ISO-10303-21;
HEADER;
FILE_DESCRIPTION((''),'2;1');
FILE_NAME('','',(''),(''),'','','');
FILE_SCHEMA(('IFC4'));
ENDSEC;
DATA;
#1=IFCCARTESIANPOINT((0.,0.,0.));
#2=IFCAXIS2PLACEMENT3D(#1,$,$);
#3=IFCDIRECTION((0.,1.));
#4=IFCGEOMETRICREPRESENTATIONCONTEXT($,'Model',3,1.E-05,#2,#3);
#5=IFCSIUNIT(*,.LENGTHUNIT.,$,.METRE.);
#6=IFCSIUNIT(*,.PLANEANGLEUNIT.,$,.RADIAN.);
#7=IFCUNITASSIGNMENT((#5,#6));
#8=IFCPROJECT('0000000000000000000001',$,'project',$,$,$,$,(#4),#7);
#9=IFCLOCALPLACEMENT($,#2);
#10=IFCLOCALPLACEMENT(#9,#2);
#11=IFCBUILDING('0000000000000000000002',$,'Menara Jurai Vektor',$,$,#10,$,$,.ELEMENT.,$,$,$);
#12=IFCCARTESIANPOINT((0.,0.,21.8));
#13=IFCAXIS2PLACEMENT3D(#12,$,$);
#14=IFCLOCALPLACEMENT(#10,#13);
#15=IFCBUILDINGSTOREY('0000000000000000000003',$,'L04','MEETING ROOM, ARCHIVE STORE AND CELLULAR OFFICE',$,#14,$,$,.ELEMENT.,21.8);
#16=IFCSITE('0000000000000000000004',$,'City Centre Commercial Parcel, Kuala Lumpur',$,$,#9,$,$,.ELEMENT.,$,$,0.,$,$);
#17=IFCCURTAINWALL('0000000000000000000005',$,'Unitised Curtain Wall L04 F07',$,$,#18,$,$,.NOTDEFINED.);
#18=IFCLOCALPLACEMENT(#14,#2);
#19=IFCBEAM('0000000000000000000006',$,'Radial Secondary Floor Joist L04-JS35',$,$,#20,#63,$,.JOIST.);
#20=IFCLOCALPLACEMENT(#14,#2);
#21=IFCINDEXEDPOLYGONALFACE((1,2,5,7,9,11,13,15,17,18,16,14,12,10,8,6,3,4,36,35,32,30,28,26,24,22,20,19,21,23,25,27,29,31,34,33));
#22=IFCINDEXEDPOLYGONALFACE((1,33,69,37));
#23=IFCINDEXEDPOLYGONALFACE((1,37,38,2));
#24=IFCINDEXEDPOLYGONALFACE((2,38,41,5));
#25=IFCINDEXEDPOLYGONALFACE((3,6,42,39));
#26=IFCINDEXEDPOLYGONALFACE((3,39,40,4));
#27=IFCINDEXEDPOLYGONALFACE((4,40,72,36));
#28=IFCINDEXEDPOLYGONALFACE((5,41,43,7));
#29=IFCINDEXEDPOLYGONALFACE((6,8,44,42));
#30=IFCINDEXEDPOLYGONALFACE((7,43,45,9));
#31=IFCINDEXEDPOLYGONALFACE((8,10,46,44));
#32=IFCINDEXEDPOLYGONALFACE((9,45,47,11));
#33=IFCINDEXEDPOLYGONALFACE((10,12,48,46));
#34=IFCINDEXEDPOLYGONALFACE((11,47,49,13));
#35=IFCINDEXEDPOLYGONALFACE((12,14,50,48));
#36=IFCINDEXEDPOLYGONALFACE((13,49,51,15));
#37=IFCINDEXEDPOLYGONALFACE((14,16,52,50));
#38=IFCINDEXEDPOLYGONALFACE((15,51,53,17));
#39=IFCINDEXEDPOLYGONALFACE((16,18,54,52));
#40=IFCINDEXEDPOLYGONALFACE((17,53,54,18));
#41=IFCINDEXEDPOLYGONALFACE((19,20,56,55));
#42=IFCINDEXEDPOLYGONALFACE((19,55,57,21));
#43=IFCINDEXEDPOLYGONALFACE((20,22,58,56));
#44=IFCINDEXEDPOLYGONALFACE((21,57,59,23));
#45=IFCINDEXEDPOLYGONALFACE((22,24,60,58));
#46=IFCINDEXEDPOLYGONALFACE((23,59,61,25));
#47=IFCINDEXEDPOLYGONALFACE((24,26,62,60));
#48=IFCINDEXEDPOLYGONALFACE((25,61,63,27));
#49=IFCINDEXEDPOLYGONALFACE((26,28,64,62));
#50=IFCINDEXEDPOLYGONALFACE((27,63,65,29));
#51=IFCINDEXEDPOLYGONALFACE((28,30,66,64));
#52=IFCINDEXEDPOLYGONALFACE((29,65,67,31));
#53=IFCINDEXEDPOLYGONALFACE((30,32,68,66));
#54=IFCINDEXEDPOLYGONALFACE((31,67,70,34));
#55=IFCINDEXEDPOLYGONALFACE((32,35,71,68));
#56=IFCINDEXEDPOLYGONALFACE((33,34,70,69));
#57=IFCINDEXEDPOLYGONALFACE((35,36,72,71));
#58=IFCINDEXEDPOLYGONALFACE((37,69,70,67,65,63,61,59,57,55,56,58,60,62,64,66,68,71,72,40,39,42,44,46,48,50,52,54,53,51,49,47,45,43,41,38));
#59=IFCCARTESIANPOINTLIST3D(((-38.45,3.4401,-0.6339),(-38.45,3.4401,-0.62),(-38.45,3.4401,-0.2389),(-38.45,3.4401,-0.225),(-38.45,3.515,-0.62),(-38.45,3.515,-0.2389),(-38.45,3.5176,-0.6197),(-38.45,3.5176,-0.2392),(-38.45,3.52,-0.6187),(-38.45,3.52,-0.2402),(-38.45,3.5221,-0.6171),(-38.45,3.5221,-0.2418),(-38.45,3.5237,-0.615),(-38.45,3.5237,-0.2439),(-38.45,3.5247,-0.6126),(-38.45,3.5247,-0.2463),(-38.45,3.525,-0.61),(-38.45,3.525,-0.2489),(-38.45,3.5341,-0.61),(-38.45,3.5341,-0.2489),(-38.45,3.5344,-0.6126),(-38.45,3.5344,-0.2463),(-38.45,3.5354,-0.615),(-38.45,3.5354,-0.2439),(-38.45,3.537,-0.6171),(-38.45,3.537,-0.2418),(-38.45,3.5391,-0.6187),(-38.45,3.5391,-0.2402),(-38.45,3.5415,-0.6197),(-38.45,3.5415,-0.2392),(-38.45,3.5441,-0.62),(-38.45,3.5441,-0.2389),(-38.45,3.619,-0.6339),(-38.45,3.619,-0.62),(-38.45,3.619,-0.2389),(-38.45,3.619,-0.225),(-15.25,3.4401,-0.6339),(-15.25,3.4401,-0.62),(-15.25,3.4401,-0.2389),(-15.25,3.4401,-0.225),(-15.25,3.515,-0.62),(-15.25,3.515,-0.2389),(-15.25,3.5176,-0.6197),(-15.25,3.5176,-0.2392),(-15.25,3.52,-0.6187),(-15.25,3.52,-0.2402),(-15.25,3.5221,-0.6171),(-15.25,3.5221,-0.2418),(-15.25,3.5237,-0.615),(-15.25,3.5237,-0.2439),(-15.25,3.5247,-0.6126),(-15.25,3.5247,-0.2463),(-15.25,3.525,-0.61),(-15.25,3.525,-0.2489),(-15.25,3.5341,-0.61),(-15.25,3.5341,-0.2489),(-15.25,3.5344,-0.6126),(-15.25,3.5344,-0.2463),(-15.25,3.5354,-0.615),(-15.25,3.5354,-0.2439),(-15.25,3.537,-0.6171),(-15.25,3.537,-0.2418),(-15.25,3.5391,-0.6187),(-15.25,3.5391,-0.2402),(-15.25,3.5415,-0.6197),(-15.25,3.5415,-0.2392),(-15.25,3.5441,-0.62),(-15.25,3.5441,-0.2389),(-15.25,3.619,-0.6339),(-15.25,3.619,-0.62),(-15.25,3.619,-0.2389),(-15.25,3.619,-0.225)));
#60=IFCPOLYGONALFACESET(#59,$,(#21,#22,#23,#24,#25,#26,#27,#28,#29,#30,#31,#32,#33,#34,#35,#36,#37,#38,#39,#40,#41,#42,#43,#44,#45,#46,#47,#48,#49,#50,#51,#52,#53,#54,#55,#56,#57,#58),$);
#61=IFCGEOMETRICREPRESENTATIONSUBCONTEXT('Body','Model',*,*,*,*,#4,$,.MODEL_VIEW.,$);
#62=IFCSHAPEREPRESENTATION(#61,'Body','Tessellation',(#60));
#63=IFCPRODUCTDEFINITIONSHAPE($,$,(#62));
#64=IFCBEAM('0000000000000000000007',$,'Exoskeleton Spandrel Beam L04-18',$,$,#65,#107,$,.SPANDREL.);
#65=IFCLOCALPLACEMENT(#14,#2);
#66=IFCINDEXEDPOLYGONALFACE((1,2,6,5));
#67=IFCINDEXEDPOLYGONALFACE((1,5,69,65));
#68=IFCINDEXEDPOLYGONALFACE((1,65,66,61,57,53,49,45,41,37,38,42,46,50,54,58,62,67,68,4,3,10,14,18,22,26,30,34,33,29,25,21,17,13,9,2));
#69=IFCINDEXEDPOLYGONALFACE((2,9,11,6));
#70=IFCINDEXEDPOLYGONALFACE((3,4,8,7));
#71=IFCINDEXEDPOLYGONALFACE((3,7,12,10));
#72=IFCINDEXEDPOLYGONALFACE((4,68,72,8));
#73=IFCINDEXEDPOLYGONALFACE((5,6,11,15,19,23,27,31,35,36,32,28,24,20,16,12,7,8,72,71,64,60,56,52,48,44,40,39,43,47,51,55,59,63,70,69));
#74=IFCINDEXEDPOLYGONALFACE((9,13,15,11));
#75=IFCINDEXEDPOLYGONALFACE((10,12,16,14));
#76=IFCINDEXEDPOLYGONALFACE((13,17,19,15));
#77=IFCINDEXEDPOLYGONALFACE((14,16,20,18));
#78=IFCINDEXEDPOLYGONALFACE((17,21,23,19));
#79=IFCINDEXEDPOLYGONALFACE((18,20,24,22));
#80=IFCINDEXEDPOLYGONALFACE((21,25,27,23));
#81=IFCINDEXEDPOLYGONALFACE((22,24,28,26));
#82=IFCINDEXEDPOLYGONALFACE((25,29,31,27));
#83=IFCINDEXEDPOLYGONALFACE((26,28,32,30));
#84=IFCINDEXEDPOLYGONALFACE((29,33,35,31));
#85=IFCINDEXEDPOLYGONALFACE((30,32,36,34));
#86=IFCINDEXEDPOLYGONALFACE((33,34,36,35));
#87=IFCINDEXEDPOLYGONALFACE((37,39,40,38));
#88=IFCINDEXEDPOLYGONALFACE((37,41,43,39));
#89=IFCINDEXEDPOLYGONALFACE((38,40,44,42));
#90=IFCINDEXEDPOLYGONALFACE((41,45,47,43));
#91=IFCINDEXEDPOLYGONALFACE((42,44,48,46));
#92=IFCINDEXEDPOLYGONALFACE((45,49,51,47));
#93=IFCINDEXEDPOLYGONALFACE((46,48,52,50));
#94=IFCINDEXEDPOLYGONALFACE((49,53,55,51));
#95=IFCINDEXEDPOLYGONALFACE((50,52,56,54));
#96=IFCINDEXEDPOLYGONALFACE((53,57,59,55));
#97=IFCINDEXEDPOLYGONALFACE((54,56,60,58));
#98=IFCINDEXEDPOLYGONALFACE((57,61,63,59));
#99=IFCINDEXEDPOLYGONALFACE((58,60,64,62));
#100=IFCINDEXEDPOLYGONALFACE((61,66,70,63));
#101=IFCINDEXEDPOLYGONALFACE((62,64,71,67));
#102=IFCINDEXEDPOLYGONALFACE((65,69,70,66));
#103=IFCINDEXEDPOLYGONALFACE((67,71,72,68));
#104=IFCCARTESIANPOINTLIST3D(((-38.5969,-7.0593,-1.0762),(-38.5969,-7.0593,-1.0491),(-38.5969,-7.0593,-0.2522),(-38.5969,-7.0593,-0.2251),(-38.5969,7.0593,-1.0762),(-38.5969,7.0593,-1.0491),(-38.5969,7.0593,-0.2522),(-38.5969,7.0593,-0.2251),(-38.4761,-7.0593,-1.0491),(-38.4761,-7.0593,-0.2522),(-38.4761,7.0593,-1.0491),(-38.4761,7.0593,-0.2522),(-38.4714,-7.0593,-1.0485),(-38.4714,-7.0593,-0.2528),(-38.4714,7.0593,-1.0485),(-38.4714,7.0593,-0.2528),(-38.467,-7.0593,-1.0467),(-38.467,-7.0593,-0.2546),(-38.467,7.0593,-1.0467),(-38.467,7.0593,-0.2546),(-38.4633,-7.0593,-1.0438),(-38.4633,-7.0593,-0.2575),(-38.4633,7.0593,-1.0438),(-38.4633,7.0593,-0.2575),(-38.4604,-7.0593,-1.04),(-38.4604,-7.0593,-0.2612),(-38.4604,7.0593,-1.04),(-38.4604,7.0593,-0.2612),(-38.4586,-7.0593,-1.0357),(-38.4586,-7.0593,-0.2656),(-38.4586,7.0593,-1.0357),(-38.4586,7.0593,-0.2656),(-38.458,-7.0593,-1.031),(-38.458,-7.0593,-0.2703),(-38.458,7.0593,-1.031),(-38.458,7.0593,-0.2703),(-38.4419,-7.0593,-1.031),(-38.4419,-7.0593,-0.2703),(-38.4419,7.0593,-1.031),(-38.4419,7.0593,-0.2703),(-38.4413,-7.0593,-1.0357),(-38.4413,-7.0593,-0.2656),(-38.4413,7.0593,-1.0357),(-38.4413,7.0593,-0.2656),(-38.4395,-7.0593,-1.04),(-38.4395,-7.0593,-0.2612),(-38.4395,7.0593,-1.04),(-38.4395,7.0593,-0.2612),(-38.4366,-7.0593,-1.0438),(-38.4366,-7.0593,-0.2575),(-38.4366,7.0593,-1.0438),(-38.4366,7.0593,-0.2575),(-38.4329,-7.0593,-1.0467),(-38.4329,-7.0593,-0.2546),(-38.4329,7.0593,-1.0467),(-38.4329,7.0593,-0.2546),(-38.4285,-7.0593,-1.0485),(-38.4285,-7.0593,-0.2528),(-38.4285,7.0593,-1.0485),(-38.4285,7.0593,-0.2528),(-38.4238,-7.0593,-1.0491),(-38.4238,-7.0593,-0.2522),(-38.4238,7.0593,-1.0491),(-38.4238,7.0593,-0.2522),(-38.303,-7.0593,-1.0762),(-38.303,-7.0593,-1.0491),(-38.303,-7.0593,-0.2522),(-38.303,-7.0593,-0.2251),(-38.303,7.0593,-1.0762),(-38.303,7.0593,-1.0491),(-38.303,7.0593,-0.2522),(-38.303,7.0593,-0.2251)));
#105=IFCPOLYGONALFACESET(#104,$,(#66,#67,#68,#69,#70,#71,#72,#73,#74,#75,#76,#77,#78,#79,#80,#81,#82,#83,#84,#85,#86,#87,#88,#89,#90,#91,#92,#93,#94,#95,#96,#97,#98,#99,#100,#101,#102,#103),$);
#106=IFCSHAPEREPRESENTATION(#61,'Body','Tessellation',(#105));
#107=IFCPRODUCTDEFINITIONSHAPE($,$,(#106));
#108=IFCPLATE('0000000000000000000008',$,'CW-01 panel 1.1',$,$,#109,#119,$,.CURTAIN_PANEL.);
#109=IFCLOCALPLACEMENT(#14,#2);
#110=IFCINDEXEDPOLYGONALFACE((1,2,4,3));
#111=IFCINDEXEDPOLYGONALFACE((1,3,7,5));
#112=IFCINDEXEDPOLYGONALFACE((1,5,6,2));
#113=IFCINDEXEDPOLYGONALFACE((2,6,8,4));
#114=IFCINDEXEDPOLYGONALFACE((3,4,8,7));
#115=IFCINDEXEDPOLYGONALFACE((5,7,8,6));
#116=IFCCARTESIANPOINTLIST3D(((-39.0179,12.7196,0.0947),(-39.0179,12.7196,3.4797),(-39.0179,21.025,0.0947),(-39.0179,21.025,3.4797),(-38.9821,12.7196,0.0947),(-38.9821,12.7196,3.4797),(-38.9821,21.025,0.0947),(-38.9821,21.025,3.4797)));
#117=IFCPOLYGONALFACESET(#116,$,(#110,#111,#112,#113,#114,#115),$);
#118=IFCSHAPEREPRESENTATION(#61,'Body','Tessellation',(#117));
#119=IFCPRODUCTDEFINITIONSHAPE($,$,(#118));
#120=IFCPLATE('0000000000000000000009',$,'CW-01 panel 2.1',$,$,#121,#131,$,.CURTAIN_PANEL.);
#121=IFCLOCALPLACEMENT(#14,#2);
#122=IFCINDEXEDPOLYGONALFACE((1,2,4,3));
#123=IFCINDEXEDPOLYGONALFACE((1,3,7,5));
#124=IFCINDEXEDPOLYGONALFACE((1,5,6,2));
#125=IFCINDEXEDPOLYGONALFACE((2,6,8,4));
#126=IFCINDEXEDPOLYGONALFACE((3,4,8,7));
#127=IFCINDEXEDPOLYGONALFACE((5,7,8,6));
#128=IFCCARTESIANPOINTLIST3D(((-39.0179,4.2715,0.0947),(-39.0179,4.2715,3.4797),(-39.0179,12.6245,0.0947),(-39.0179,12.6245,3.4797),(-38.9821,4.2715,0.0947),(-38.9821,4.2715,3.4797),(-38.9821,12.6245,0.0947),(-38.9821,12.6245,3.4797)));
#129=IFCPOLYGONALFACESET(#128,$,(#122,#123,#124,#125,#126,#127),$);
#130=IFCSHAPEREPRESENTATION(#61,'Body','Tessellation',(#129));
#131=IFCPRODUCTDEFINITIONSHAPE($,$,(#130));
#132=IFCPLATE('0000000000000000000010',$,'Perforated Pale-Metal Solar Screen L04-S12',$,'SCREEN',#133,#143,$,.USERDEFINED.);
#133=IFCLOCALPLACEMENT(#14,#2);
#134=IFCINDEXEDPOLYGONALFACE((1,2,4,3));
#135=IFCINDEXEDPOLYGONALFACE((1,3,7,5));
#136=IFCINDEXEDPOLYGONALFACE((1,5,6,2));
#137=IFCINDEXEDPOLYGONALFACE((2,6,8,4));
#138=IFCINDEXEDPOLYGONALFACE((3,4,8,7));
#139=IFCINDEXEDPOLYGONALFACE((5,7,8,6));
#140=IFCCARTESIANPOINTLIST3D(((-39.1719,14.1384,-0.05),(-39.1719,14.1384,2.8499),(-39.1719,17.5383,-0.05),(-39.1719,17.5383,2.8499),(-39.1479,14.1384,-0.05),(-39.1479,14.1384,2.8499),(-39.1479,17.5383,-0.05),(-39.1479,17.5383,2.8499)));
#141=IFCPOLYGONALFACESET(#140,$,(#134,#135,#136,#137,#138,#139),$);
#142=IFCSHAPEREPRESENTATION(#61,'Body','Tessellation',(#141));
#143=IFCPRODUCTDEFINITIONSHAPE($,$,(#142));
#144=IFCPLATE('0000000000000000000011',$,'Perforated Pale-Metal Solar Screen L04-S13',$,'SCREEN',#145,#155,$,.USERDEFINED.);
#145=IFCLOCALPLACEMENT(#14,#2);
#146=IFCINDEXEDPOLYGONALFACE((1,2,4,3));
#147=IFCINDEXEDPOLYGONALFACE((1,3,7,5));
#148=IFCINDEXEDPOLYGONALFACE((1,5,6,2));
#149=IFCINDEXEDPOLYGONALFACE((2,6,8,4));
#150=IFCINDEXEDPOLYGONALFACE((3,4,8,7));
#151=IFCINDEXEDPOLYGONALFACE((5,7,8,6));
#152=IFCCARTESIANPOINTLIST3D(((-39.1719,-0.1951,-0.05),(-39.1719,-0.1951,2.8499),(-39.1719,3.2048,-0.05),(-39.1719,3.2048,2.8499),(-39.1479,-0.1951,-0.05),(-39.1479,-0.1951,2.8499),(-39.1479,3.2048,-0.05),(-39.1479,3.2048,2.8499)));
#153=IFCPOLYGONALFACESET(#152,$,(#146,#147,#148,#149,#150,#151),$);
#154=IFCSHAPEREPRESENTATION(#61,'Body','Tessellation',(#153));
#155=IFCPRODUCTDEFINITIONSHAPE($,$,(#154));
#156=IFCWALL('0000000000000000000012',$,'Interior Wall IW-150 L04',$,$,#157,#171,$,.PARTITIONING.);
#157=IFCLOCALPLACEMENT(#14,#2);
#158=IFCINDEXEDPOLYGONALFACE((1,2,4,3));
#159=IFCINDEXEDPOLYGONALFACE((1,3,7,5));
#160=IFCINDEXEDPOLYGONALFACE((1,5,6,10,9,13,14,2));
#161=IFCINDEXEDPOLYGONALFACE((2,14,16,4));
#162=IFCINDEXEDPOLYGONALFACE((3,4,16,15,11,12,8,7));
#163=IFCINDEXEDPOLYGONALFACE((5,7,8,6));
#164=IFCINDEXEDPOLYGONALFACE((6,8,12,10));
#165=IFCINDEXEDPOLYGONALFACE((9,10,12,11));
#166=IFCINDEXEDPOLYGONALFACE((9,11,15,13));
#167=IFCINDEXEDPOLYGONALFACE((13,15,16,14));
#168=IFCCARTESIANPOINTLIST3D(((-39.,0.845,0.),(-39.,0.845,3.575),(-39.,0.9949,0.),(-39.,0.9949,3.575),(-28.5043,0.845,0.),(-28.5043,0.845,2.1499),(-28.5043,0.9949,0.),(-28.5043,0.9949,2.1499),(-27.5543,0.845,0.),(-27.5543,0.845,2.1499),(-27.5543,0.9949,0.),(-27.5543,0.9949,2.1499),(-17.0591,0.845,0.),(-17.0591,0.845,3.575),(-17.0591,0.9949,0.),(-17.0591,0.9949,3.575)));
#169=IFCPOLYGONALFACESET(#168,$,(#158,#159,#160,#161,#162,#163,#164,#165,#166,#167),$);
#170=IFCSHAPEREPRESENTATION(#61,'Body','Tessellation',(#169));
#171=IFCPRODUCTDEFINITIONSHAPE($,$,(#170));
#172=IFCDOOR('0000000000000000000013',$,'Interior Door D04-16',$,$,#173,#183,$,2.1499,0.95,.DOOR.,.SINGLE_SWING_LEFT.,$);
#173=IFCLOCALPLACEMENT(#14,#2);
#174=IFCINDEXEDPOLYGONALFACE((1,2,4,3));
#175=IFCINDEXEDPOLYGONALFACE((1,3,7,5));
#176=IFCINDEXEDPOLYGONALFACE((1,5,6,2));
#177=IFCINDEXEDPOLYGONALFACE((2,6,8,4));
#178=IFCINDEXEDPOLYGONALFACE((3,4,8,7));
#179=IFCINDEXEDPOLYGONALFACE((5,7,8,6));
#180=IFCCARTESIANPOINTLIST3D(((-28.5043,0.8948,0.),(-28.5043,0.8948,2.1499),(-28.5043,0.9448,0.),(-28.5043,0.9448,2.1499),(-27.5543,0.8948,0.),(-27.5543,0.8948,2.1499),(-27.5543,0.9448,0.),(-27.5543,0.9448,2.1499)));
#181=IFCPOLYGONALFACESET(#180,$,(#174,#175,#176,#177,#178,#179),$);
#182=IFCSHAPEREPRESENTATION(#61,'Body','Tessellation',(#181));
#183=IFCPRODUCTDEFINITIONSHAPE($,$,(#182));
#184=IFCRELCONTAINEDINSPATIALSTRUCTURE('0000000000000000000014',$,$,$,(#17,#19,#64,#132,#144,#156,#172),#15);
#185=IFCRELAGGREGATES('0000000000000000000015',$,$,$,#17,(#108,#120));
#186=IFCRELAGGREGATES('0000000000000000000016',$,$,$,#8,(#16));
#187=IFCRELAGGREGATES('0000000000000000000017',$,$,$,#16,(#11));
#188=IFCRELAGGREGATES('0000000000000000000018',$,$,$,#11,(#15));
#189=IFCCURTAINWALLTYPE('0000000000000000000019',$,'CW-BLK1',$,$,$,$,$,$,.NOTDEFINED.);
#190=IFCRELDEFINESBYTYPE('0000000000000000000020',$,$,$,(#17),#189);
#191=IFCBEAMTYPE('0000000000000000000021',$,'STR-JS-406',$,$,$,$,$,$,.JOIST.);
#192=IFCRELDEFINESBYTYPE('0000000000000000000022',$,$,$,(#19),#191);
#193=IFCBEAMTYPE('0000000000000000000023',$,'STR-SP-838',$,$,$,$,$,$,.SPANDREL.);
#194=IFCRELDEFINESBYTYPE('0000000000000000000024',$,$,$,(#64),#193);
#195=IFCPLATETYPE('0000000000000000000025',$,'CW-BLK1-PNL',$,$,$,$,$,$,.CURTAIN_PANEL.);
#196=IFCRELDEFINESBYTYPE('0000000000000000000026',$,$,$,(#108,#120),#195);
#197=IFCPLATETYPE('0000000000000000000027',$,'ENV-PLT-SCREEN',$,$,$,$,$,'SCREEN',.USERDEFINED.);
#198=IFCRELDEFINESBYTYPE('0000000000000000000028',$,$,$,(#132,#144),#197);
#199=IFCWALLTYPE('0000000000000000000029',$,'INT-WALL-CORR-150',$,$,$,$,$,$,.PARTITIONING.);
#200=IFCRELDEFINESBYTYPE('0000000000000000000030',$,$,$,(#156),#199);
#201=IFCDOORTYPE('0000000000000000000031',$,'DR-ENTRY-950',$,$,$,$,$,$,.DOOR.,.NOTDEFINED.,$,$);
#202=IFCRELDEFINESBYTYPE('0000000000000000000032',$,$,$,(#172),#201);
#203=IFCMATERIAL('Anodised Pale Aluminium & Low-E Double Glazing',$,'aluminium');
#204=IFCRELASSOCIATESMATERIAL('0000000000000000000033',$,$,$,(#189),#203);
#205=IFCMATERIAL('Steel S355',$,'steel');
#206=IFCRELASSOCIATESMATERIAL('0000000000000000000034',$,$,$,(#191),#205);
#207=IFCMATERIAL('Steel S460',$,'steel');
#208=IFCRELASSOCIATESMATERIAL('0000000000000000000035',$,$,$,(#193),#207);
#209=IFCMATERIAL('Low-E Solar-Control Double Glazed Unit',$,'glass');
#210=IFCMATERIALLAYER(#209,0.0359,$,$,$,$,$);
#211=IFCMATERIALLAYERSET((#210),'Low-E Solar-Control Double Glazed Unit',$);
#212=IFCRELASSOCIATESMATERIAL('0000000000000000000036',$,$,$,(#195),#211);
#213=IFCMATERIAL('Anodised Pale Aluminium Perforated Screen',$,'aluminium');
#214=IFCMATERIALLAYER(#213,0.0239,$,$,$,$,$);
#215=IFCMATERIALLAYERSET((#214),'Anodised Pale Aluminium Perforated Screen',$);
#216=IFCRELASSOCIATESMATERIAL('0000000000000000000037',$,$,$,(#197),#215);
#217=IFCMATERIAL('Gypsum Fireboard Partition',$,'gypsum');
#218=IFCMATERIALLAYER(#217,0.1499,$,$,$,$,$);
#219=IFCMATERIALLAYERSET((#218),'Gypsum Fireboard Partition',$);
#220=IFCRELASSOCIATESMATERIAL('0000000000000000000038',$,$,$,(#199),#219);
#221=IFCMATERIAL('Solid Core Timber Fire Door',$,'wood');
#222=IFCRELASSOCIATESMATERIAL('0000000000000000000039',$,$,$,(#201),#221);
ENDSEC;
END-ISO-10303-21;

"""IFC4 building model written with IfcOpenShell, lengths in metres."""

from ifc_helpers import new_model, si_unit, direction, frame, frame_2d, origin, origin_2d, place, context, subcontext, project, spatial, rectangle, i_section, extrude, material, layer, layer_set, material_profile, profile_set, type_object, element, fill, aggregate, save


model = new_model("IFC4")

# Units and contexts
model_context = context("Model", 3, precision=1e-05, world=origin(), true_north=direction((0.0, 1.0)))
body_context = subcontext(model_context, "Body", "Model", "MODEL_VIEW")
ifc_project = project(units=[si_unit("LENGTHUNIT", "METRE"), si_unit("PLANEANGLEUNIT", "RADIAN")], contexts=[model_context])

# Site, building, storey
site_placement = place(None, origin())
site = spatial("IfcSite", under=ifc_project, at=site_placement, Name="City Centre Commercial Parcel, Kuala Lumpur", CompositionType="ELEMENT", RefElevation=0.0)
building_placement = place(site_placement, origin())
building = spatial("IfcBuilding", under=site, at=building_placement, Name="Menara Jurai Vektor", CompositionType="ELEMENT")
storey_placement = place(building_placement, frame((0.0, 0.0, 21.8)))
storey = spatial("IfcBuildingStorey", under=building, at=storey_placement, Name="L04", Description="MEETING ROOM, ARCHIVE STORE AND CELLULAR OFFICE", CompositionType="ELEMENT", Elevation=21.8)

# Shared definitions
ifc_material_1 = material(Name="Steel S460", Category="steel")

# Curtain wall
ifc_material_2 = material(Name="Anodised Pale Aluminium & Low-E Double Glazing", Category="aluminium")
curtain_wall_type = type_object("IfcCurtainWallType", Name="CW-BLK1", PredefinedType="NOTDEFINED", material=ifc_material_2)
curtain_wall_placement = place(storey_placement, origin())
curtain_wall = element("IfcCurtainWall", 1, at=curtain_wall_placement, inside=storey, type_object=curtain_wall_type, Name="Unitised Curtain Wall L04 F07", PredefinedType="NOTDEFINED")

# Beams
ifc_material_3 = material(Name="Steel S355", Category="steel")
ifc_material_profile_1 = material_profile(ifc_material_3, i_section(OverallWidth=0.179, OverallDepth=0.4089, WebThickness=0.009, FlangeThickness=0.0139, FilletRadius=0.01, at=origin_2d()), Name="UKB 406x178x67")
ifc_profile_set_1 = profile_set([ifc_material_profile_1], Name="Steel S355")
beam_type_1 = type_object("IfcBeamType", Name="STR-JS-406", PredefinedType="JOIST", material=ifc_profile_set_1)
beam_1_placement = place(storey_placement, frame((-38.45, 3.5295, -0.4294), z_axis=(1.0, 0.0, 0.0), x_axis=(0.0, 1.0, 0.0)))
element("IfcBeam", 2, at=beam_1_placement, inside=storey, type_object=beam_type_1, Name="Radial Secondary Floor Joist L04-JS35", PredefinedType="JOIST", context=body_context, shape_type="SweptSolid", body=[
    extrude(i_section(OverallWidth=0.179, OverallDepth=0.4089, WebThickness=0.009, FlangeThickness=0.0139, FilletRadius=0.01, at=origin_2d()), origin(), (0.0, 0.0, 1.0), 23.2),
])
ifc_material_profile_2 = material_profile(ifc_material_1, i_section(OverallWidth=0.2939, OverallDepth=0.8511, WebThickness=0.0161, FlangeThickness=0.0271, FilletRadius=0.0181, at=origin_2d()), Name="UKB 838x292x226")
ifc_profile_set_2 = profile_set([ifc_material_profile_2], Name="Steel S460")
beam_type_2 = type_object("IfcBeamType", Name="STR-SP-838", PredefinedType="SPANDREL", material=ifc_profile_set_2)
beam_2_placement = place(storey_placement, frame((-38.45, 7.0593, -0.6506), z_axis=(0.0, -1.0, 0.0), x_axis=(1.0, 0.0, 0.0)))
element("IfcBeam", 3, at=beam_2_placement, inside=storey, type_object=beam_type_2, Name="Exoskeleton Spandrel Beam L04-18", PredefinedType="SPANDREL", context=body_context, shape_type="SweptSolid", body=[
    extrude(i_section(OverallWidth=0.2939, OverallDepth=0.8511, WebThickness=0.0161, FlangeThickness=0.0271, FilletRadius=0.0181, at=origin_2d()), origin(), (0.0, 0.0, 1.0), 14.1187),
])

# Plates
ifc_material_4 = material(Name="Low-E Solar-Control Double Glazed Unit", Category="glass")
ifc_layer_1 = layer(ifc_material_4, 0.0359)
ifc_layer_set_1 = layer_set([ifc_layer_1], Name="Low-E Solar-Control Double Glazed Unit")
plate_type_1 = type_object("IfcPlateType", Name="CW-BLK1-PNL", PredefinedType="CURTAIN_PANEL", material=ifc_layer_set_1)
plate_1_placement = place(storey_placement, frame((-39.0, 16.8723, 0.0947), z_axis=(0.0, 0.0, 1.0), x_axis=(0.0, -1.0, 0.0)))
plate_1 = element("IfcPlate", 4, at=plate_1_placement, type_object=plate_type_1, Name="CW-01 panel 1.1", PredefinedType="CURTAIN_PANEL", context=body_context, shape_type="SweptSolid", body=[
    extrude(rectangle(XDim=8.3054, YDim=0.0359, at=origin_2d()), origin(), (0.0, 0.0, 1.0), 3.385),
])
plate_2_placement = place(storey_placement, frame((-39.0, 8.448, 0.0947), z_axis=(0.0, 0.0, 1.0), x_axis=(0.0, -1.0, 0.0)))
plate_2 = element("IfcPlate", 5, at=plate_2_placement, type_object=plate_type_1, Name="CW-01 panel 2.1", PredefinedType="CURTAIN_PANEL", context=body_context, shape_type="SweptSolid", body=[
    extrude(rectangle(XDim=8.353, YDim=0.0359, at=origin_2d()), origin(), (0.0, 0.0, 1.0), 3.385),
])
aggregate(curtain_wall, [plate_1, plate_2])

# Plates
ifc_material_5 = material(Name="Anodised Pale Aluminium Perforated Screen", Category="aluminium")
ifc_layer_2 = layer(ifc_material_5, 0.0239)
ifc_layer_set_2 = layer_set([ifc_layer_2], Name="Anodised Pale Aluminium Perforated Screen")
plate_type_2 = type_object("IfcPlateType", Name="ENV-PLT-SCREEN", ElementType="SCREEN", PredefinedType="USERDEFINED", material=ifc_layer_set_2)
for number, where, z_axis, x_axis, name in (
    (6, (-39.1599, 15.8384, -0.05), (0.0, 0.0, 1.0), (0.0, -1.0, 0.0), "Perforated Pale-Metal Solar Screen L04-S12"),
    (7, (-39.1599, 1.5049, -0.05), (0.0, 0.0, 1.0), (0.0, -1.0, 0.0), "Perforated Pale-Metal Solar Screen L04-S13"),
):
    element("IfcPlate", number, at=place(storey_placement, frame(where, z_axis=z_axis, x_axis=x_axis)), inside=storey, type_object=plate_type_2, Name=name, ObjectType="SCREEN", PredefinedType="USERDEFINED", context=body_context, shape_type="SweptSolid", body=[
        extrude(rectangle(XDim=3.3999, YDim=0.0239, at=origin_2d()), origin(), (0.0, 0.0, 1.0), 2.8999),
    ])

# Wall, opening, door
ifc_material_6 = material(Name="Gypsum Fireboard Partition", Category="gypsum")
ifc_layer_3 = layer(ifc_material_6, 0.1499)
ifc_layer_set_3 = layer_set([ifc_layer_3], Name="Gypsum Fireboard Partition")
wall_type_1 = type_object("IfcWallType", Name="INT-WALL-CORR-150", PredefinedType="PARTITIONING", material=ifc_layer_set_3)
wall_1_placement = place(storey_placement, frame((-39.0, 0.9199, 0.0), z_axis=(0.0, 0.0, 1.0), x_axis=(1.0, 0.0, 0.0)))
wall_1 = element("IfcWall", 8, at=wall_1_placement, inside=storey, type_object=wall_type_1, Name="Interior Wall IW-150 L04", PredefinedType="PARTITIONING", context=body_context, shape_type="SweptSolid", body=[
    extrude(rectangle(XDim=21.9409, YDim=0.1499, at=frame_2d((10.9705, 0.0))), origin(), (0.0, 0.0, 1.0), 3.575),
])
opening_1_placement = place(wall_1_placement, frame((10.4956, 0.0, 0.0)))
opening_1 = element("IfcOpeningElement", 9, at=opening_1_placement, cuts=wall_1, PredefinedType="OPENING", context=body_context, shape_type="SweptSolid", body=[
    extrude(rectangle(XDim=0.95, YDim=2.1499, at=frame_2d((0.4751, 1.075))), frame((0.0, 0.085, 0.0), z_axis=(0.0, -1.0, 0.0), x_axis=(1.0, 0.0, 0.0)), (0.0, 0.0, 1.0), 0.1699),
])
ifc_material_7 = material(Name="Solid Core Timber Fire Door", Category="wood")
door_type = type_object("IfcDoorType", Name="DR-ENTRY-950", OperationType="NOTDEFINED", PredefinedType="DOOR", material=ifc_material_7)
door_1_placement = place(opening_1_placement, origin())
door_1 = element("IfcDoor", 10, at=door_1_placement, inside=storey, type_object=door_type, Name="Interior Door D04-16", OperationType="SINGLE_SWING_LEFT", OverallHeight=2.1499, OverallWidth=0.95, PredefinedType="DOOR", context=body_context, shape_type="SweptSolid", body=[
    extrude(rectangle(XDim=0.95, YDim=2.1499, at=frame_2d((0.4751, 1.075))), frame((0.0, 0.0249, 0.0), z_axis=(0.0, -1.0, 0.0), x_axis=(1.0, 0.0, 0.0)), (0.0, 0.0, 1.0), 0.05),
])
fill(opening_1, door_1)

save(model, "model.ifc")
